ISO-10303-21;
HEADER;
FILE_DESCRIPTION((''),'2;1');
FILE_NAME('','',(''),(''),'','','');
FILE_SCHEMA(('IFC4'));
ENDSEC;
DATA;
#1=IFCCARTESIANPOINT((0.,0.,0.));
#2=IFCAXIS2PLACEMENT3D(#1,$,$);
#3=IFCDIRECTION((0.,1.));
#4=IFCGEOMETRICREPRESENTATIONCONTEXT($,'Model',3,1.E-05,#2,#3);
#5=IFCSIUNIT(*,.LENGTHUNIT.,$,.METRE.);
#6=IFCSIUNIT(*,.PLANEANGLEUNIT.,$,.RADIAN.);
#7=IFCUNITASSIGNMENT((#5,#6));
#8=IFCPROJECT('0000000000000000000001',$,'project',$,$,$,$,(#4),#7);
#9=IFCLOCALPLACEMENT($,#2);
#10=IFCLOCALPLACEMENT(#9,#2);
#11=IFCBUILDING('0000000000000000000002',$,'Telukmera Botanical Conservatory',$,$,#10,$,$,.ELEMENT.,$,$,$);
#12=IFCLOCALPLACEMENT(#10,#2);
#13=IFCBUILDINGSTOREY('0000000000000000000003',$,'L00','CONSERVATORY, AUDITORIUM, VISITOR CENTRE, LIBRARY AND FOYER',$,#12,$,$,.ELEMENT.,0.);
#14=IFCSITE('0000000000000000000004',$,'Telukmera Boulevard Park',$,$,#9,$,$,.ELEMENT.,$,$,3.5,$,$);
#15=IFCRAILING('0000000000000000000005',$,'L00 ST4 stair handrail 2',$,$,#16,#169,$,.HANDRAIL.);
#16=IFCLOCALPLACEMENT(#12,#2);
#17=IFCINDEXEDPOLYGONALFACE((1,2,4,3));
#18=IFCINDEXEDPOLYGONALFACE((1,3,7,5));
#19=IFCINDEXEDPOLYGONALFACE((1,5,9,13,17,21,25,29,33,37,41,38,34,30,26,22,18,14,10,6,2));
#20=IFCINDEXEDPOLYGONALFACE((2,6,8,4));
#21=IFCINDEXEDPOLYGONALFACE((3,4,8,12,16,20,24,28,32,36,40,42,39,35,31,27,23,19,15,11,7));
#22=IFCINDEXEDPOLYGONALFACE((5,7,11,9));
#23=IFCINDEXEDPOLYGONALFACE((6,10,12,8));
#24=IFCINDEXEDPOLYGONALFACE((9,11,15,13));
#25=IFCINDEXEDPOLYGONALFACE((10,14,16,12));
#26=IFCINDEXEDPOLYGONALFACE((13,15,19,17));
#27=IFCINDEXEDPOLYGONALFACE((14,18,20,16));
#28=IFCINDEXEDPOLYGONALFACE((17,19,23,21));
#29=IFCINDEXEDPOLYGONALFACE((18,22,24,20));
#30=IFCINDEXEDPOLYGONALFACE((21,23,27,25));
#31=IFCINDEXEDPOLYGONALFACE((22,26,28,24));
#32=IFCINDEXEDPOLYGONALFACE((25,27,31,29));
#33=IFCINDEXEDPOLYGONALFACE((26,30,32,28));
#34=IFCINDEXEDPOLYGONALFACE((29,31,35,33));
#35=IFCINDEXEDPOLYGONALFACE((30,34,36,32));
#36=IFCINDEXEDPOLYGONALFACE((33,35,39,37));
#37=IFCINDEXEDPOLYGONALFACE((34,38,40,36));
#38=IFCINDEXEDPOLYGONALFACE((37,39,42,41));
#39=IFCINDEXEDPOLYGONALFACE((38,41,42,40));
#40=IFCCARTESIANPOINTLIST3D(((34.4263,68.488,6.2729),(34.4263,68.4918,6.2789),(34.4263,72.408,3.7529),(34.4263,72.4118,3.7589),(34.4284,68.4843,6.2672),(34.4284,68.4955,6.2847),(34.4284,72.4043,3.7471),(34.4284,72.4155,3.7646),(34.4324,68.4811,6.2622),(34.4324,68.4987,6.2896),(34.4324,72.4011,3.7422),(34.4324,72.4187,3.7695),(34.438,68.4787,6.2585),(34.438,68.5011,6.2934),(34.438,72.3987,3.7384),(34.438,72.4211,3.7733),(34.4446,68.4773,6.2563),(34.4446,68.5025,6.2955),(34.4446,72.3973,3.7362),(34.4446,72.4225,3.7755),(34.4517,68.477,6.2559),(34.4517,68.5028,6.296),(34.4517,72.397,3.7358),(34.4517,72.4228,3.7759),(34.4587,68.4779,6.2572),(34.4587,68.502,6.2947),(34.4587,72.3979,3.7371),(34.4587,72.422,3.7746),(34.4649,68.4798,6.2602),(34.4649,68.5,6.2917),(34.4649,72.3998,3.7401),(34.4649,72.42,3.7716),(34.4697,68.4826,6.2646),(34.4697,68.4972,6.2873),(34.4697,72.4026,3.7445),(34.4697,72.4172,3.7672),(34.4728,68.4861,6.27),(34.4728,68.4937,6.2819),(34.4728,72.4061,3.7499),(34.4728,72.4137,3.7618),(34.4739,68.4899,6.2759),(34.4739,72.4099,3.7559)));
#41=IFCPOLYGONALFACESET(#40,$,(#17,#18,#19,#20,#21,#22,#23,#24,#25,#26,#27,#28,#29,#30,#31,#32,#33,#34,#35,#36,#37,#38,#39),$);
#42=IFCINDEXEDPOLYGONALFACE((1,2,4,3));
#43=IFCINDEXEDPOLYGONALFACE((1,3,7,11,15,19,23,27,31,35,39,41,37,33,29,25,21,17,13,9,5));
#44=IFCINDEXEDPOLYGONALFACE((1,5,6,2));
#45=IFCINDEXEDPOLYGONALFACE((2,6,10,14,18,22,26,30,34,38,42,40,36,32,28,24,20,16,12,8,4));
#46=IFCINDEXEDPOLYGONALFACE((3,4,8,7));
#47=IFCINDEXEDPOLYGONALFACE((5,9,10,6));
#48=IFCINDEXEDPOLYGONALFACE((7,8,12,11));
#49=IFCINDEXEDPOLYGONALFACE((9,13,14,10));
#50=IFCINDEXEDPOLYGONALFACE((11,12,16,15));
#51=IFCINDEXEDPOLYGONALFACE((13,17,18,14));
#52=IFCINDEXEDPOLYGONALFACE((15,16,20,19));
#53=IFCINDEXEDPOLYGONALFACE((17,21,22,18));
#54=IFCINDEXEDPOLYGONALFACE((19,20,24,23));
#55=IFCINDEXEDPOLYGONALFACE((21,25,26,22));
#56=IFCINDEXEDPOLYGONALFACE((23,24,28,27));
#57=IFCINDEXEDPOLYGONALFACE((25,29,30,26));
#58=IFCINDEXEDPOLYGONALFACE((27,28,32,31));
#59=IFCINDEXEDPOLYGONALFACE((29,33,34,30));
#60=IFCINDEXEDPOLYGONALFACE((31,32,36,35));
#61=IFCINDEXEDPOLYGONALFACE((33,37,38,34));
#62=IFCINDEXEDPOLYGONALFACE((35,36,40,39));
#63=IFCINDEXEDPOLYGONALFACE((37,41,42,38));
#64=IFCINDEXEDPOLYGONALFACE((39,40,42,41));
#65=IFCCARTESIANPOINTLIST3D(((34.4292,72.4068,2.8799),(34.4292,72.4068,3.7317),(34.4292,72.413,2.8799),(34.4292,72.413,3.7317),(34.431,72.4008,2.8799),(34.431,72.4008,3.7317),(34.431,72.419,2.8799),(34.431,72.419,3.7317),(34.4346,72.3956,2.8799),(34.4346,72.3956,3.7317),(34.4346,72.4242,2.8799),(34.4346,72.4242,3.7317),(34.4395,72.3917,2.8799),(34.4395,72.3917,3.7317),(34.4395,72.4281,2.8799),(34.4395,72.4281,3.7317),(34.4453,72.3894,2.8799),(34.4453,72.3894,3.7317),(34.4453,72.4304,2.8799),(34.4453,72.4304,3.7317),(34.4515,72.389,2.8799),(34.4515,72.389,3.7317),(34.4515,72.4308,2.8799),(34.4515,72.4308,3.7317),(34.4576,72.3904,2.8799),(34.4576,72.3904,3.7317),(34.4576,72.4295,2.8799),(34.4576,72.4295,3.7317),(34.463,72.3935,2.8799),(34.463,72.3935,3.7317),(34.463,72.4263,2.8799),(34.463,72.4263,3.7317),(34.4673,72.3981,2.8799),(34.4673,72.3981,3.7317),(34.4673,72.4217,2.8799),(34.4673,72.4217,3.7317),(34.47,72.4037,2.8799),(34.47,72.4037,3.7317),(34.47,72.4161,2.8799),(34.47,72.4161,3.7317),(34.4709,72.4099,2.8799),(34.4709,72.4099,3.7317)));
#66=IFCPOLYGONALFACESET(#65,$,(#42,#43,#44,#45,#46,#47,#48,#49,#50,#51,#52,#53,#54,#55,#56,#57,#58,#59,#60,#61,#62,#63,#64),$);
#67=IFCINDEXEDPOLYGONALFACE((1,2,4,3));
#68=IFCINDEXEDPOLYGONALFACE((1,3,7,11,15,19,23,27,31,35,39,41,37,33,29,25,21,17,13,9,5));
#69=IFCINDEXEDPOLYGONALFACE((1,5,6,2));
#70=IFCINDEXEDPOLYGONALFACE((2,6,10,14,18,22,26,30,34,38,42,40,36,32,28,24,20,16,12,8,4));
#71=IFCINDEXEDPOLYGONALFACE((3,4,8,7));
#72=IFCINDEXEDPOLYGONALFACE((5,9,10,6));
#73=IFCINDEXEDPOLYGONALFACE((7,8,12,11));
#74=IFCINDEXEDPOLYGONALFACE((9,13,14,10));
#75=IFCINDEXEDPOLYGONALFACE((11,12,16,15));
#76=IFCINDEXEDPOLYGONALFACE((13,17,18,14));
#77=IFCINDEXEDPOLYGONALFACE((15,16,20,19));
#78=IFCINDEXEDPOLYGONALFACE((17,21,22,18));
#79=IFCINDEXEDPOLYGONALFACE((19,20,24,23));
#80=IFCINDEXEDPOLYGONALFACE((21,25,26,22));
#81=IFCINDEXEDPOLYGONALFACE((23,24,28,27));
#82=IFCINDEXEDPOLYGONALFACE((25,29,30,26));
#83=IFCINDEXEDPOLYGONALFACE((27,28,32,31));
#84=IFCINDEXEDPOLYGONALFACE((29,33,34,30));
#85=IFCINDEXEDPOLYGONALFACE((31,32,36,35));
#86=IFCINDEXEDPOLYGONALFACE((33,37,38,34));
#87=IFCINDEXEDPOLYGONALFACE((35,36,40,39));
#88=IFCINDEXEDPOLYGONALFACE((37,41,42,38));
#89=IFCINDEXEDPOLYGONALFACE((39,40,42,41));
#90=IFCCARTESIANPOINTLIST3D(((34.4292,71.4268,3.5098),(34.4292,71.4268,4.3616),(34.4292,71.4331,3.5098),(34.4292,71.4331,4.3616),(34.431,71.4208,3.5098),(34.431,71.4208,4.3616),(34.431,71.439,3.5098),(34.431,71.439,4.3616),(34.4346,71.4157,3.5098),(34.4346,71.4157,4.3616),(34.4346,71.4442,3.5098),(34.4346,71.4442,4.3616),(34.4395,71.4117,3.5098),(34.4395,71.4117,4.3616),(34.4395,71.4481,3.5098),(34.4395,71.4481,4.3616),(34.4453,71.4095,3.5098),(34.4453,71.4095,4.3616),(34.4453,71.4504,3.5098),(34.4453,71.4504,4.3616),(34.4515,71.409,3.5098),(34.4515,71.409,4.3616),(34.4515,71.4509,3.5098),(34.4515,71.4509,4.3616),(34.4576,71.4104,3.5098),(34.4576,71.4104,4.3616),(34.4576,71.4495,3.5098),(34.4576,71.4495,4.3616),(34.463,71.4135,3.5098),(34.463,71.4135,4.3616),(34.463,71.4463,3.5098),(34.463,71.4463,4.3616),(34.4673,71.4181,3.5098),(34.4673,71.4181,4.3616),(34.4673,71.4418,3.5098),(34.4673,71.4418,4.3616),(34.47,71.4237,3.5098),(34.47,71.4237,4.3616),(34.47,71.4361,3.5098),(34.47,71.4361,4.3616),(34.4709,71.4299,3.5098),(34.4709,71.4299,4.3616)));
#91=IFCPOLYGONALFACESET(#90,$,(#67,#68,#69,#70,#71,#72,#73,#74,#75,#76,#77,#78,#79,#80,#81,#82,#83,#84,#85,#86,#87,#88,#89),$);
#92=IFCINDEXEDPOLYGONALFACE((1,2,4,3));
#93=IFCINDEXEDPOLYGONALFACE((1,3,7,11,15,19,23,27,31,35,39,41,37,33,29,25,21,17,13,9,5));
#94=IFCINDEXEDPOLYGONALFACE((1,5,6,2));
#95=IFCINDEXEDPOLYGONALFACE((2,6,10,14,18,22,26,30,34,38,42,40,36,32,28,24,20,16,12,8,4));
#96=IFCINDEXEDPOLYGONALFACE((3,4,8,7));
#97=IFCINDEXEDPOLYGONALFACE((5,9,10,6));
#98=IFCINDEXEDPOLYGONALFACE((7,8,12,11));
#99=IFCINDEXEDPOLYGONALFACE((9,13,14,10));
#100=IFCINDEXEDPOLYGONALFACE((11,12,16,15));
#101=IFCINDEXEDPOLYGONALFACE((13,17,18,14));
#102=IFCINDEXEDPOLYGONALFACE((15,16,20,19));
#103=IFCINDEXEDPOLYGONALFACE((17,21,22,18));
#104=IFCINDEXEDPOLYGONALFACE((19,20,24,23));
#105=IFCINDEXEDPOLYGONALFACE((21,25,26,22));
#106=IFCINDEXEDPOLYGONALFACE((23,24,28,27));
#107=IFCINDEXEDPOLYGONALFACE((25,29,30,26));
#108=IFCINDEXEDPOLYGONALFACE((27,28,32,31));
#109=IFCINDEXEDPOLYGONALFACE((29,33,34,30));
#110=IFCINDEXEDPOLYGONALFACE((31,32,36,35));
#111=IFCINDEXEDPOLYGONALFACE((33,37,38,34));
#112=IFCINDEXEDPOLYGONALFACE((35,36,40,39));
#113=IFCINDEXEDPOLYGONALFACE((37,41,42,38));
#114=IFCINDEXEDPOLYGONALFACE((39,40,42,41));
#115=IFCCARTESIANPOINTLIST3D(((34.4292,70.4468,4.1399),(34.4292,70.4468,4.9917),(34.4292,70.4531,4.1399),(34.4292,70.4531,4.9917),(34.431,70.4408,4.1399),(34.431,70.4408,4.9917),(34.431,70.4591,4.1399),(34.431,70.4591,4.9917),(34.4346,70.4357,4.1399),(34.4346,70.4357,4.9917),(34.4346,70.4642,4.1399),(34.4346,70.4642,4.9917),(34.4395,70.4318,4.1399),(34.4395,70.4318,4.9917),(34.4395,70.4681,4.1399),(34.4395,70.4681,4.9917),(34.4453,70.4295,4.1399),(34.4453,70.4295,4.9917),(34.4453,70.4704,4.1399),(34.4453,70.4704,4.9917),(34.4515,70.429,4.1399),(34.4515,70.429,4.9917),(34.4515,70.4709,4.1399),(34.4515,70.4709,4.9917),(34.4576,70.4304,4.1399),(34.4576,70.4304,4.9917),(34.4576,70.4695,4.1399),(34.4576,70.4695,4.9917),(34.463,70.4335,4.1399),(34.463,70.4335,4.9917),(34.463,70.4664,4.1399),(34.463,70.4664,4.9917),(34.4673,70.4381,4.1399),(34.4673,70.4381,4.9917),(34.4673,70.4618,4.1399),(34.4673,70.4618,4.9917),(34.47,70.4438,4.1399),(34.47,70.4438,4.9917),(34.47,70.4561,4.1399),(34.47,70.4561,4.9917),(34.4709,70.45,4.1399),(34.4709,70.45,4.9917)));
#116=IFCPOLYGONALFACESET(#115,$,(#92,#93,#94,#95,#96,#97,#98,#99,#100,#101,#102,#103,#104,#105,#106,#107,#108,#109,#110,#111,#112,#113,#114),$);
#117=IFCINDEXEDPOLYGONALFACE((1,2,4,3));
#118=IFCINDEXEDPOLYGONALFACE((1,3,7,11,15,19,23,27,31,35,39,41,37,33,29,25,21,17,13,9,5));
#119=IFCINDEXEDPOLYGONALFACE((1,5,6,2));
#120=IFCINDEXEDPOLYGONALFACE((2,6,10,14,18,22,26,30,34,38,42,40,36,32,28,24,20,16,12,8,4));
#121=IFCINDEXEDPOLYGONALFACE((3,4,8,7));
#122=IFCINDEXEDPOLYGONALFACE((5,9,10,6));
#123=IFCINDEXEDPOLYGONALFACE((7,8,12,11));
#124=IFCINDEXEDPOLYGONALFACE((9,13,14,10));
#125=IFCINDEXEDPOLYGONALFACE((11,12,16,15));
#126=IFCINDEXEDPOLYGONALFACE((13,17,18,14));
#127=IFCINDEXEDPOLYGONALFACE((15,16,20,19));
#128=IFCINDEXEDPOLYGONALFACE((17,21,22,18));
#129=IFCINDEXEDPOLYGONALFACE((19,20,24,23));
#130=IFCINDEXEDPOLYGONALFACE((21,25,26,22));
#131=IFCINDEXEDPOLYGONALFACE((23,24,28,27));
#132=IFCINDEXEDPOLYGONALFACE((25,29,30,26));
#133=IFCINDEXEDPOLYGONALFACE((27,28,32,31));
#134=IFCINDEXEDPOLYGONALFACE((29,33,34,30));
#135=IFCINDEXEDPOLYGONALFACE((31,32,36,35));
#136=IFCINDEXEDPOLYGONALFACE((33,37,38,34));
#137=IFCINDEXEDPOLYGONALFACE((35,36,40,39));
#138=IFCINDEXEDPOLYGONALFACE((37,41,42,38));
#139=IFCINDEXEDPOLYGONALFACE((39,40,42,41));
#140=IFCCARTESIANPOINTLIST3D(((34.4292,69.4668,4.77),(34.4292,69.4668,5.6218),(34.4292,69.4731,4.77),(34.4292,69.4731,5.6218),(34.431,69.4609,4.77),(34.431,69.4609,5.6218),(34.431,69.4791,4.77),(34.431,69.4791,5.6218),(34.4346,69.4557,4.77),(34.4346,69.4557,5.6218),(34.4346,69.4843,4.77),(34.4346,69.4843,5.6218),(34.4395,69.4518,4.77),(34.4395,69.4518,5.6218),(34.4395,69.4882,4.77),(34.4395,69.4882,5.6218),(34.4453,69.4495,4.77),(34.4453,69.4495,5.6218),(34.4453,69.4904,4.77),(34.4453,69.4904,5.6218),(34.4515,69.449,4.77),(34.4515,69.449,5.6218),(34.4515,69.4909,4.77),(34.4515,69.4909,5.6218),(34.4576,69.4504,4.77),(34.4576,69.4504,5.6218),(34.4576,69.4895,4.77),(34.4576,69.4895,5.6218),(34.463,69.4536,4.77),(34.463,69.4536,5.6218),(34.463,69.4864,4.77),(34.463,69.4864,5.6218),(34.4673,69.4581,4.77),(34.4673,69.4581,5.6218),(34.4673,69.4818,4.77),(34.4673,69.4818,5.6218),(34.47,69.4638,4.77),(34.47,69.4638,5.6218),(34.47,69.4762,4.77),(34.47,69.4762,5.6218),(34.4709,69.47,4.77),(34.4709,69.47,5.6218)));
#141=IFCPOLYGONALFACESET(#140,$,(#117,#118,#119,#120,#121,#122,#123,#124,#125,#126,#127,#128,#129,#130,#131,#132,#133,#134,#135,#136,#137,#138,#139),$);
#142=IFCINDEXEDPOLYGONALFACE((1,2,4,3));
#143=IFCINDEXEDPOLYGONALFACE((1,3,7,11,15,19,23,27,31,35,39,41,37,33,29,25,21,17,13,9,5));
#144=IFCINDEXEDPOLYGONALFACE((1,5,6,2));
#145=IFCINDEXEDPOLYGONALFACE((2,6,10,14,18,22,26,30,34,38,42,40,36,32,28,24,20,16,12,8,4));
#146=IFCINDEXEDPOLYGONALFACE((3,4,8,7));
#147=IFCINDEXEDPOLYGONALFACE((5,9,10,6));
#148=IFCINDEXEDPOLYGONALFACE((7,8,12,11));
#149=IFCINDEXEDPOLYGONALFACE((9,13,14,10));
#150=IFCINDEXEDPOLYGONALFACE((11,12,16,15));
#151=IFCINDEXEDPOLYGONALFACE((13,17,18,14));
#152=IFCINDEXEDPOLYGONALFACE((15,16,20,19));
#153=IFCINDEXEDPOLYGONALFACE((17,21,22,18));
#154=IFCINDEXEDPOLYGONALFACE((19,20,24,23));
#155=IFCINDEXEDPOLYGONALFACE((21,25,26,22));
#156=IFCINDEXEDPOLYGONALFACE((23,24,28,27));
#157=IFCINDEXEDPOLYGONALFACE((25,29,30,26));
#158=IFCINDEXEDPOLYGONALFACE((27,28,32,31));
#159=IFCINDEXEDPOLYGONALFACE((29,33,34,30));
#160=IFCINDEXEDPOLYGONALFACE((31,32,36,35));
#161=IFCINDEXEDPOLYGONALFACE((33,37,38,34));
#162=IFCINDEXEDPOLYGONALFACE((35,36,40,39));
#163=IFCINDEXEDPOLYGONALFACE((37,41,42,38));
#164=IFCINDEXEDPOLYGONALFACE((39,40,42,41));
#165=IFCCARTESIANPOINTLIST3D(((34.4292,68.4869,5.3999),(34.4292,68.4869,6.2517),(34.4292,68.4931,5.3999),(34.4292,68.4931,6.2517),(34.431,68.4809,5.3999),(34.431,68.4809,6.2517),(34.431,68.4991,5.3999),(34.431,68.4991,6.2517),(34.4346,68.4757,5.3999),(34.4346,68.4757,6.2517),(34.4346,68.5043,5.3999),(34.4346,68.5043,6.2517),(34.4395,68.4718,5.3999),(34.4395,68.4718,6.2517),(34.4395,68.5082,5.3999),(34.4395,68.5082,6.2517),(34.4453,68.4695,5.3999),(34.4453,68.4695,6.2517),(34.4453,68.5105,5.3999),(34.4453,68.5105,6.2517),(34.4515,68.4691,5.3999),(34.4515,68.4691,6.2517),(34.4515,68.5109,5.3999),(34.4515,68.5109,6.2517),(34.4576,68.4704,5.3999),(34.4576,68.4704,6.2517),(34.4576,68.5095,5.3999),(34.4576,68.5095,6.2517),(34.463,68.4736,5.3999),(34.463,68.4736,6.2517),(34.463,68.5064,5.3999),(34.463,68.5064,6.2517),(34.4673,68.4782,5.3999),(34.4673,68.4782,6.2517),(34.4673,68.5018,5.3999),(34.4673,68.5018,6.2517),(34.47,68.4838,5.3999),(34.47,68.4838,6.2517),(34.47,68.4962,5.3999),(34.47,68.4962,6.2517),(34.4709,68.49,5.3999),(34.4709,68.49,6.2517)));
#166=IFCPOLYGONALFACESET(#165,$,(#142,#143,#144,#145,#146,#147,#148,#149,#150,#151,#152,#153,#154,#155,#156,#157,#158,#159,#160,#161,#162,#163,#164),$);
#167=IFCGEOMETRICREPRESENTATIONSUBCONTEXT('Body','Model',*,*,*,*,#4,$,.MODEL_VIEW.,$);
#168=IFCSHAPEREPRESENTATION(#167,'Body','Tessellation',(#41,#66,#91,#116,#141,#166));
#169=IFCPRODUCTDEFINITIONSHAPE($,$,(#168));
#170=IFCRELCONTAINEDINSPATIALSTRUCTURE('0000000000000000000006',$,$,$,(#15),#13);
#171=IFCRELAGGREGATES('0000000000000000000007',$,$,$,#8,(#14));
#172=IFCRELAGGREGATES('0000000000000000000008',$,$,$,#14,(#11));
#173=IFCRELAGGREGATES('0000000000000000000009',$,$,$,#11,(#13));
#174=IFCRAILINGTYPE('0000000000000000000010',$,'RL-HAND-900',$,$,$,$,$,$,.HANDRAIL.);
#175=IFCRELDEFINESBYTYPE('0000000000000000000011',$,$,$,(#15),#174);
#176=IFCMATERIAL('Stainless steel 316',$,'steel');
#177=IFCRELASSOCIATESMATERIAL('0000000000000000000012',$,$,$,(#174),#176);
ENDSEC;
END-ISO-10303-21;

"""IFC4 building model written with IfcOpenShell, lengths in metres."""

from ifc_helpers import new_model, si_unit, direction, frame, origin, origin_2d, place, context, subcontext, project, spatial, circle, extrude, material, type_object, element, save


model = new_model("IFC4")

# Units and contexts
model_context = context("Model", 3, precision=1e-05, world=origin(), true_north=direction((0.0, 1.0)))
body_context = subcontext(model_context, "Body", "Model", "MODEL_VIEW")
ifc_project = project(units=[si_unit("LENGTHUNIT", "METRE"), si_unit("PLANEANGLEUNIT", "RADIAN")], contexts=[model_context])

# Site, building, storey
site_placement = place(None, origin())
site = spatial("IfcSite", under=ifc_project, at=site_placement, Name="Telukmera Boulevard Park", CompositionType="ELEMENT", RefElevation=3.5)
building_placement = place(site_placement, origin())
building = spatial("IfcBuilding", under=site, at=building_placement, Name="Telukmera Botanical Conservatory", CompositionType="ELEMENT")
storey_placement = place(building_placement, origin())
storey = spatial("IfcBuildingStorey", under=building, at=storey_placement, Name="L00", Description="CONSERVATORY, AUDITORIUM, VISITOR CENTRE, LIBRARY AND FOYER", CompositionType="ELEMENT", Elevation=0.0)

# Railing
ifc_material_1 = material(Name="Stainless steel 316", Category="steel")
railing_type_1 = type_object("IfcRailingType", Name="RL-HAND-900", PredefinedType="HANDRAIL", material=ifc_material_1)
railing_1_placement = place(storey_placement, frame((34.45, 72.4099, 2.8799)))
element("IfcRailing", 1, at=railing_1_placement, inside=storey, type_object=railing_type_1, Name="L00 ST4 stair handrail 2", PredefinedType="HANDRAIL", context=body_context, shape_type="SweptSolid", body=[
    extrude(circle(Radius=0.0239, at=origin_2d()), frame((0.0, 0.0, 0.876), z_axis=(0.0, -0.841172, 0.540768), x_axis=(1.0, 0.0, 0.0)), (0.0, 0.0, 1.0), 4.6602),
    extrude(circle(Radius=0.021, at=origin_2d()), origin(), (0.0, 0.0, 1.0), 0.8518),
    extrude(circle(Radius=0.021, at=origin_2d()), frame((0.0, -0.98, 0.6299)), (0.0, 0.0, 1.0), 0.8518),
    extrude(circle(Radius=0.021, at=origin_2d()), frame((0.0, -1.96, 1.26)), (0.0, 0.0, 1.0), 0.8518),
    extrude(circle(Radius=0.021, at=origin_2d()), frame((0.0, -2.9399, 1.8901)), (0.0, 0.0, 1.0), 0.8518),
    extrude(circle(Radius=0.021, at=origin_2d()), frame((0.0, -3.9199, 2.52)), (0.0, 0.0, 1.0), 0.8518),
])

save(model, "model.ifc")
